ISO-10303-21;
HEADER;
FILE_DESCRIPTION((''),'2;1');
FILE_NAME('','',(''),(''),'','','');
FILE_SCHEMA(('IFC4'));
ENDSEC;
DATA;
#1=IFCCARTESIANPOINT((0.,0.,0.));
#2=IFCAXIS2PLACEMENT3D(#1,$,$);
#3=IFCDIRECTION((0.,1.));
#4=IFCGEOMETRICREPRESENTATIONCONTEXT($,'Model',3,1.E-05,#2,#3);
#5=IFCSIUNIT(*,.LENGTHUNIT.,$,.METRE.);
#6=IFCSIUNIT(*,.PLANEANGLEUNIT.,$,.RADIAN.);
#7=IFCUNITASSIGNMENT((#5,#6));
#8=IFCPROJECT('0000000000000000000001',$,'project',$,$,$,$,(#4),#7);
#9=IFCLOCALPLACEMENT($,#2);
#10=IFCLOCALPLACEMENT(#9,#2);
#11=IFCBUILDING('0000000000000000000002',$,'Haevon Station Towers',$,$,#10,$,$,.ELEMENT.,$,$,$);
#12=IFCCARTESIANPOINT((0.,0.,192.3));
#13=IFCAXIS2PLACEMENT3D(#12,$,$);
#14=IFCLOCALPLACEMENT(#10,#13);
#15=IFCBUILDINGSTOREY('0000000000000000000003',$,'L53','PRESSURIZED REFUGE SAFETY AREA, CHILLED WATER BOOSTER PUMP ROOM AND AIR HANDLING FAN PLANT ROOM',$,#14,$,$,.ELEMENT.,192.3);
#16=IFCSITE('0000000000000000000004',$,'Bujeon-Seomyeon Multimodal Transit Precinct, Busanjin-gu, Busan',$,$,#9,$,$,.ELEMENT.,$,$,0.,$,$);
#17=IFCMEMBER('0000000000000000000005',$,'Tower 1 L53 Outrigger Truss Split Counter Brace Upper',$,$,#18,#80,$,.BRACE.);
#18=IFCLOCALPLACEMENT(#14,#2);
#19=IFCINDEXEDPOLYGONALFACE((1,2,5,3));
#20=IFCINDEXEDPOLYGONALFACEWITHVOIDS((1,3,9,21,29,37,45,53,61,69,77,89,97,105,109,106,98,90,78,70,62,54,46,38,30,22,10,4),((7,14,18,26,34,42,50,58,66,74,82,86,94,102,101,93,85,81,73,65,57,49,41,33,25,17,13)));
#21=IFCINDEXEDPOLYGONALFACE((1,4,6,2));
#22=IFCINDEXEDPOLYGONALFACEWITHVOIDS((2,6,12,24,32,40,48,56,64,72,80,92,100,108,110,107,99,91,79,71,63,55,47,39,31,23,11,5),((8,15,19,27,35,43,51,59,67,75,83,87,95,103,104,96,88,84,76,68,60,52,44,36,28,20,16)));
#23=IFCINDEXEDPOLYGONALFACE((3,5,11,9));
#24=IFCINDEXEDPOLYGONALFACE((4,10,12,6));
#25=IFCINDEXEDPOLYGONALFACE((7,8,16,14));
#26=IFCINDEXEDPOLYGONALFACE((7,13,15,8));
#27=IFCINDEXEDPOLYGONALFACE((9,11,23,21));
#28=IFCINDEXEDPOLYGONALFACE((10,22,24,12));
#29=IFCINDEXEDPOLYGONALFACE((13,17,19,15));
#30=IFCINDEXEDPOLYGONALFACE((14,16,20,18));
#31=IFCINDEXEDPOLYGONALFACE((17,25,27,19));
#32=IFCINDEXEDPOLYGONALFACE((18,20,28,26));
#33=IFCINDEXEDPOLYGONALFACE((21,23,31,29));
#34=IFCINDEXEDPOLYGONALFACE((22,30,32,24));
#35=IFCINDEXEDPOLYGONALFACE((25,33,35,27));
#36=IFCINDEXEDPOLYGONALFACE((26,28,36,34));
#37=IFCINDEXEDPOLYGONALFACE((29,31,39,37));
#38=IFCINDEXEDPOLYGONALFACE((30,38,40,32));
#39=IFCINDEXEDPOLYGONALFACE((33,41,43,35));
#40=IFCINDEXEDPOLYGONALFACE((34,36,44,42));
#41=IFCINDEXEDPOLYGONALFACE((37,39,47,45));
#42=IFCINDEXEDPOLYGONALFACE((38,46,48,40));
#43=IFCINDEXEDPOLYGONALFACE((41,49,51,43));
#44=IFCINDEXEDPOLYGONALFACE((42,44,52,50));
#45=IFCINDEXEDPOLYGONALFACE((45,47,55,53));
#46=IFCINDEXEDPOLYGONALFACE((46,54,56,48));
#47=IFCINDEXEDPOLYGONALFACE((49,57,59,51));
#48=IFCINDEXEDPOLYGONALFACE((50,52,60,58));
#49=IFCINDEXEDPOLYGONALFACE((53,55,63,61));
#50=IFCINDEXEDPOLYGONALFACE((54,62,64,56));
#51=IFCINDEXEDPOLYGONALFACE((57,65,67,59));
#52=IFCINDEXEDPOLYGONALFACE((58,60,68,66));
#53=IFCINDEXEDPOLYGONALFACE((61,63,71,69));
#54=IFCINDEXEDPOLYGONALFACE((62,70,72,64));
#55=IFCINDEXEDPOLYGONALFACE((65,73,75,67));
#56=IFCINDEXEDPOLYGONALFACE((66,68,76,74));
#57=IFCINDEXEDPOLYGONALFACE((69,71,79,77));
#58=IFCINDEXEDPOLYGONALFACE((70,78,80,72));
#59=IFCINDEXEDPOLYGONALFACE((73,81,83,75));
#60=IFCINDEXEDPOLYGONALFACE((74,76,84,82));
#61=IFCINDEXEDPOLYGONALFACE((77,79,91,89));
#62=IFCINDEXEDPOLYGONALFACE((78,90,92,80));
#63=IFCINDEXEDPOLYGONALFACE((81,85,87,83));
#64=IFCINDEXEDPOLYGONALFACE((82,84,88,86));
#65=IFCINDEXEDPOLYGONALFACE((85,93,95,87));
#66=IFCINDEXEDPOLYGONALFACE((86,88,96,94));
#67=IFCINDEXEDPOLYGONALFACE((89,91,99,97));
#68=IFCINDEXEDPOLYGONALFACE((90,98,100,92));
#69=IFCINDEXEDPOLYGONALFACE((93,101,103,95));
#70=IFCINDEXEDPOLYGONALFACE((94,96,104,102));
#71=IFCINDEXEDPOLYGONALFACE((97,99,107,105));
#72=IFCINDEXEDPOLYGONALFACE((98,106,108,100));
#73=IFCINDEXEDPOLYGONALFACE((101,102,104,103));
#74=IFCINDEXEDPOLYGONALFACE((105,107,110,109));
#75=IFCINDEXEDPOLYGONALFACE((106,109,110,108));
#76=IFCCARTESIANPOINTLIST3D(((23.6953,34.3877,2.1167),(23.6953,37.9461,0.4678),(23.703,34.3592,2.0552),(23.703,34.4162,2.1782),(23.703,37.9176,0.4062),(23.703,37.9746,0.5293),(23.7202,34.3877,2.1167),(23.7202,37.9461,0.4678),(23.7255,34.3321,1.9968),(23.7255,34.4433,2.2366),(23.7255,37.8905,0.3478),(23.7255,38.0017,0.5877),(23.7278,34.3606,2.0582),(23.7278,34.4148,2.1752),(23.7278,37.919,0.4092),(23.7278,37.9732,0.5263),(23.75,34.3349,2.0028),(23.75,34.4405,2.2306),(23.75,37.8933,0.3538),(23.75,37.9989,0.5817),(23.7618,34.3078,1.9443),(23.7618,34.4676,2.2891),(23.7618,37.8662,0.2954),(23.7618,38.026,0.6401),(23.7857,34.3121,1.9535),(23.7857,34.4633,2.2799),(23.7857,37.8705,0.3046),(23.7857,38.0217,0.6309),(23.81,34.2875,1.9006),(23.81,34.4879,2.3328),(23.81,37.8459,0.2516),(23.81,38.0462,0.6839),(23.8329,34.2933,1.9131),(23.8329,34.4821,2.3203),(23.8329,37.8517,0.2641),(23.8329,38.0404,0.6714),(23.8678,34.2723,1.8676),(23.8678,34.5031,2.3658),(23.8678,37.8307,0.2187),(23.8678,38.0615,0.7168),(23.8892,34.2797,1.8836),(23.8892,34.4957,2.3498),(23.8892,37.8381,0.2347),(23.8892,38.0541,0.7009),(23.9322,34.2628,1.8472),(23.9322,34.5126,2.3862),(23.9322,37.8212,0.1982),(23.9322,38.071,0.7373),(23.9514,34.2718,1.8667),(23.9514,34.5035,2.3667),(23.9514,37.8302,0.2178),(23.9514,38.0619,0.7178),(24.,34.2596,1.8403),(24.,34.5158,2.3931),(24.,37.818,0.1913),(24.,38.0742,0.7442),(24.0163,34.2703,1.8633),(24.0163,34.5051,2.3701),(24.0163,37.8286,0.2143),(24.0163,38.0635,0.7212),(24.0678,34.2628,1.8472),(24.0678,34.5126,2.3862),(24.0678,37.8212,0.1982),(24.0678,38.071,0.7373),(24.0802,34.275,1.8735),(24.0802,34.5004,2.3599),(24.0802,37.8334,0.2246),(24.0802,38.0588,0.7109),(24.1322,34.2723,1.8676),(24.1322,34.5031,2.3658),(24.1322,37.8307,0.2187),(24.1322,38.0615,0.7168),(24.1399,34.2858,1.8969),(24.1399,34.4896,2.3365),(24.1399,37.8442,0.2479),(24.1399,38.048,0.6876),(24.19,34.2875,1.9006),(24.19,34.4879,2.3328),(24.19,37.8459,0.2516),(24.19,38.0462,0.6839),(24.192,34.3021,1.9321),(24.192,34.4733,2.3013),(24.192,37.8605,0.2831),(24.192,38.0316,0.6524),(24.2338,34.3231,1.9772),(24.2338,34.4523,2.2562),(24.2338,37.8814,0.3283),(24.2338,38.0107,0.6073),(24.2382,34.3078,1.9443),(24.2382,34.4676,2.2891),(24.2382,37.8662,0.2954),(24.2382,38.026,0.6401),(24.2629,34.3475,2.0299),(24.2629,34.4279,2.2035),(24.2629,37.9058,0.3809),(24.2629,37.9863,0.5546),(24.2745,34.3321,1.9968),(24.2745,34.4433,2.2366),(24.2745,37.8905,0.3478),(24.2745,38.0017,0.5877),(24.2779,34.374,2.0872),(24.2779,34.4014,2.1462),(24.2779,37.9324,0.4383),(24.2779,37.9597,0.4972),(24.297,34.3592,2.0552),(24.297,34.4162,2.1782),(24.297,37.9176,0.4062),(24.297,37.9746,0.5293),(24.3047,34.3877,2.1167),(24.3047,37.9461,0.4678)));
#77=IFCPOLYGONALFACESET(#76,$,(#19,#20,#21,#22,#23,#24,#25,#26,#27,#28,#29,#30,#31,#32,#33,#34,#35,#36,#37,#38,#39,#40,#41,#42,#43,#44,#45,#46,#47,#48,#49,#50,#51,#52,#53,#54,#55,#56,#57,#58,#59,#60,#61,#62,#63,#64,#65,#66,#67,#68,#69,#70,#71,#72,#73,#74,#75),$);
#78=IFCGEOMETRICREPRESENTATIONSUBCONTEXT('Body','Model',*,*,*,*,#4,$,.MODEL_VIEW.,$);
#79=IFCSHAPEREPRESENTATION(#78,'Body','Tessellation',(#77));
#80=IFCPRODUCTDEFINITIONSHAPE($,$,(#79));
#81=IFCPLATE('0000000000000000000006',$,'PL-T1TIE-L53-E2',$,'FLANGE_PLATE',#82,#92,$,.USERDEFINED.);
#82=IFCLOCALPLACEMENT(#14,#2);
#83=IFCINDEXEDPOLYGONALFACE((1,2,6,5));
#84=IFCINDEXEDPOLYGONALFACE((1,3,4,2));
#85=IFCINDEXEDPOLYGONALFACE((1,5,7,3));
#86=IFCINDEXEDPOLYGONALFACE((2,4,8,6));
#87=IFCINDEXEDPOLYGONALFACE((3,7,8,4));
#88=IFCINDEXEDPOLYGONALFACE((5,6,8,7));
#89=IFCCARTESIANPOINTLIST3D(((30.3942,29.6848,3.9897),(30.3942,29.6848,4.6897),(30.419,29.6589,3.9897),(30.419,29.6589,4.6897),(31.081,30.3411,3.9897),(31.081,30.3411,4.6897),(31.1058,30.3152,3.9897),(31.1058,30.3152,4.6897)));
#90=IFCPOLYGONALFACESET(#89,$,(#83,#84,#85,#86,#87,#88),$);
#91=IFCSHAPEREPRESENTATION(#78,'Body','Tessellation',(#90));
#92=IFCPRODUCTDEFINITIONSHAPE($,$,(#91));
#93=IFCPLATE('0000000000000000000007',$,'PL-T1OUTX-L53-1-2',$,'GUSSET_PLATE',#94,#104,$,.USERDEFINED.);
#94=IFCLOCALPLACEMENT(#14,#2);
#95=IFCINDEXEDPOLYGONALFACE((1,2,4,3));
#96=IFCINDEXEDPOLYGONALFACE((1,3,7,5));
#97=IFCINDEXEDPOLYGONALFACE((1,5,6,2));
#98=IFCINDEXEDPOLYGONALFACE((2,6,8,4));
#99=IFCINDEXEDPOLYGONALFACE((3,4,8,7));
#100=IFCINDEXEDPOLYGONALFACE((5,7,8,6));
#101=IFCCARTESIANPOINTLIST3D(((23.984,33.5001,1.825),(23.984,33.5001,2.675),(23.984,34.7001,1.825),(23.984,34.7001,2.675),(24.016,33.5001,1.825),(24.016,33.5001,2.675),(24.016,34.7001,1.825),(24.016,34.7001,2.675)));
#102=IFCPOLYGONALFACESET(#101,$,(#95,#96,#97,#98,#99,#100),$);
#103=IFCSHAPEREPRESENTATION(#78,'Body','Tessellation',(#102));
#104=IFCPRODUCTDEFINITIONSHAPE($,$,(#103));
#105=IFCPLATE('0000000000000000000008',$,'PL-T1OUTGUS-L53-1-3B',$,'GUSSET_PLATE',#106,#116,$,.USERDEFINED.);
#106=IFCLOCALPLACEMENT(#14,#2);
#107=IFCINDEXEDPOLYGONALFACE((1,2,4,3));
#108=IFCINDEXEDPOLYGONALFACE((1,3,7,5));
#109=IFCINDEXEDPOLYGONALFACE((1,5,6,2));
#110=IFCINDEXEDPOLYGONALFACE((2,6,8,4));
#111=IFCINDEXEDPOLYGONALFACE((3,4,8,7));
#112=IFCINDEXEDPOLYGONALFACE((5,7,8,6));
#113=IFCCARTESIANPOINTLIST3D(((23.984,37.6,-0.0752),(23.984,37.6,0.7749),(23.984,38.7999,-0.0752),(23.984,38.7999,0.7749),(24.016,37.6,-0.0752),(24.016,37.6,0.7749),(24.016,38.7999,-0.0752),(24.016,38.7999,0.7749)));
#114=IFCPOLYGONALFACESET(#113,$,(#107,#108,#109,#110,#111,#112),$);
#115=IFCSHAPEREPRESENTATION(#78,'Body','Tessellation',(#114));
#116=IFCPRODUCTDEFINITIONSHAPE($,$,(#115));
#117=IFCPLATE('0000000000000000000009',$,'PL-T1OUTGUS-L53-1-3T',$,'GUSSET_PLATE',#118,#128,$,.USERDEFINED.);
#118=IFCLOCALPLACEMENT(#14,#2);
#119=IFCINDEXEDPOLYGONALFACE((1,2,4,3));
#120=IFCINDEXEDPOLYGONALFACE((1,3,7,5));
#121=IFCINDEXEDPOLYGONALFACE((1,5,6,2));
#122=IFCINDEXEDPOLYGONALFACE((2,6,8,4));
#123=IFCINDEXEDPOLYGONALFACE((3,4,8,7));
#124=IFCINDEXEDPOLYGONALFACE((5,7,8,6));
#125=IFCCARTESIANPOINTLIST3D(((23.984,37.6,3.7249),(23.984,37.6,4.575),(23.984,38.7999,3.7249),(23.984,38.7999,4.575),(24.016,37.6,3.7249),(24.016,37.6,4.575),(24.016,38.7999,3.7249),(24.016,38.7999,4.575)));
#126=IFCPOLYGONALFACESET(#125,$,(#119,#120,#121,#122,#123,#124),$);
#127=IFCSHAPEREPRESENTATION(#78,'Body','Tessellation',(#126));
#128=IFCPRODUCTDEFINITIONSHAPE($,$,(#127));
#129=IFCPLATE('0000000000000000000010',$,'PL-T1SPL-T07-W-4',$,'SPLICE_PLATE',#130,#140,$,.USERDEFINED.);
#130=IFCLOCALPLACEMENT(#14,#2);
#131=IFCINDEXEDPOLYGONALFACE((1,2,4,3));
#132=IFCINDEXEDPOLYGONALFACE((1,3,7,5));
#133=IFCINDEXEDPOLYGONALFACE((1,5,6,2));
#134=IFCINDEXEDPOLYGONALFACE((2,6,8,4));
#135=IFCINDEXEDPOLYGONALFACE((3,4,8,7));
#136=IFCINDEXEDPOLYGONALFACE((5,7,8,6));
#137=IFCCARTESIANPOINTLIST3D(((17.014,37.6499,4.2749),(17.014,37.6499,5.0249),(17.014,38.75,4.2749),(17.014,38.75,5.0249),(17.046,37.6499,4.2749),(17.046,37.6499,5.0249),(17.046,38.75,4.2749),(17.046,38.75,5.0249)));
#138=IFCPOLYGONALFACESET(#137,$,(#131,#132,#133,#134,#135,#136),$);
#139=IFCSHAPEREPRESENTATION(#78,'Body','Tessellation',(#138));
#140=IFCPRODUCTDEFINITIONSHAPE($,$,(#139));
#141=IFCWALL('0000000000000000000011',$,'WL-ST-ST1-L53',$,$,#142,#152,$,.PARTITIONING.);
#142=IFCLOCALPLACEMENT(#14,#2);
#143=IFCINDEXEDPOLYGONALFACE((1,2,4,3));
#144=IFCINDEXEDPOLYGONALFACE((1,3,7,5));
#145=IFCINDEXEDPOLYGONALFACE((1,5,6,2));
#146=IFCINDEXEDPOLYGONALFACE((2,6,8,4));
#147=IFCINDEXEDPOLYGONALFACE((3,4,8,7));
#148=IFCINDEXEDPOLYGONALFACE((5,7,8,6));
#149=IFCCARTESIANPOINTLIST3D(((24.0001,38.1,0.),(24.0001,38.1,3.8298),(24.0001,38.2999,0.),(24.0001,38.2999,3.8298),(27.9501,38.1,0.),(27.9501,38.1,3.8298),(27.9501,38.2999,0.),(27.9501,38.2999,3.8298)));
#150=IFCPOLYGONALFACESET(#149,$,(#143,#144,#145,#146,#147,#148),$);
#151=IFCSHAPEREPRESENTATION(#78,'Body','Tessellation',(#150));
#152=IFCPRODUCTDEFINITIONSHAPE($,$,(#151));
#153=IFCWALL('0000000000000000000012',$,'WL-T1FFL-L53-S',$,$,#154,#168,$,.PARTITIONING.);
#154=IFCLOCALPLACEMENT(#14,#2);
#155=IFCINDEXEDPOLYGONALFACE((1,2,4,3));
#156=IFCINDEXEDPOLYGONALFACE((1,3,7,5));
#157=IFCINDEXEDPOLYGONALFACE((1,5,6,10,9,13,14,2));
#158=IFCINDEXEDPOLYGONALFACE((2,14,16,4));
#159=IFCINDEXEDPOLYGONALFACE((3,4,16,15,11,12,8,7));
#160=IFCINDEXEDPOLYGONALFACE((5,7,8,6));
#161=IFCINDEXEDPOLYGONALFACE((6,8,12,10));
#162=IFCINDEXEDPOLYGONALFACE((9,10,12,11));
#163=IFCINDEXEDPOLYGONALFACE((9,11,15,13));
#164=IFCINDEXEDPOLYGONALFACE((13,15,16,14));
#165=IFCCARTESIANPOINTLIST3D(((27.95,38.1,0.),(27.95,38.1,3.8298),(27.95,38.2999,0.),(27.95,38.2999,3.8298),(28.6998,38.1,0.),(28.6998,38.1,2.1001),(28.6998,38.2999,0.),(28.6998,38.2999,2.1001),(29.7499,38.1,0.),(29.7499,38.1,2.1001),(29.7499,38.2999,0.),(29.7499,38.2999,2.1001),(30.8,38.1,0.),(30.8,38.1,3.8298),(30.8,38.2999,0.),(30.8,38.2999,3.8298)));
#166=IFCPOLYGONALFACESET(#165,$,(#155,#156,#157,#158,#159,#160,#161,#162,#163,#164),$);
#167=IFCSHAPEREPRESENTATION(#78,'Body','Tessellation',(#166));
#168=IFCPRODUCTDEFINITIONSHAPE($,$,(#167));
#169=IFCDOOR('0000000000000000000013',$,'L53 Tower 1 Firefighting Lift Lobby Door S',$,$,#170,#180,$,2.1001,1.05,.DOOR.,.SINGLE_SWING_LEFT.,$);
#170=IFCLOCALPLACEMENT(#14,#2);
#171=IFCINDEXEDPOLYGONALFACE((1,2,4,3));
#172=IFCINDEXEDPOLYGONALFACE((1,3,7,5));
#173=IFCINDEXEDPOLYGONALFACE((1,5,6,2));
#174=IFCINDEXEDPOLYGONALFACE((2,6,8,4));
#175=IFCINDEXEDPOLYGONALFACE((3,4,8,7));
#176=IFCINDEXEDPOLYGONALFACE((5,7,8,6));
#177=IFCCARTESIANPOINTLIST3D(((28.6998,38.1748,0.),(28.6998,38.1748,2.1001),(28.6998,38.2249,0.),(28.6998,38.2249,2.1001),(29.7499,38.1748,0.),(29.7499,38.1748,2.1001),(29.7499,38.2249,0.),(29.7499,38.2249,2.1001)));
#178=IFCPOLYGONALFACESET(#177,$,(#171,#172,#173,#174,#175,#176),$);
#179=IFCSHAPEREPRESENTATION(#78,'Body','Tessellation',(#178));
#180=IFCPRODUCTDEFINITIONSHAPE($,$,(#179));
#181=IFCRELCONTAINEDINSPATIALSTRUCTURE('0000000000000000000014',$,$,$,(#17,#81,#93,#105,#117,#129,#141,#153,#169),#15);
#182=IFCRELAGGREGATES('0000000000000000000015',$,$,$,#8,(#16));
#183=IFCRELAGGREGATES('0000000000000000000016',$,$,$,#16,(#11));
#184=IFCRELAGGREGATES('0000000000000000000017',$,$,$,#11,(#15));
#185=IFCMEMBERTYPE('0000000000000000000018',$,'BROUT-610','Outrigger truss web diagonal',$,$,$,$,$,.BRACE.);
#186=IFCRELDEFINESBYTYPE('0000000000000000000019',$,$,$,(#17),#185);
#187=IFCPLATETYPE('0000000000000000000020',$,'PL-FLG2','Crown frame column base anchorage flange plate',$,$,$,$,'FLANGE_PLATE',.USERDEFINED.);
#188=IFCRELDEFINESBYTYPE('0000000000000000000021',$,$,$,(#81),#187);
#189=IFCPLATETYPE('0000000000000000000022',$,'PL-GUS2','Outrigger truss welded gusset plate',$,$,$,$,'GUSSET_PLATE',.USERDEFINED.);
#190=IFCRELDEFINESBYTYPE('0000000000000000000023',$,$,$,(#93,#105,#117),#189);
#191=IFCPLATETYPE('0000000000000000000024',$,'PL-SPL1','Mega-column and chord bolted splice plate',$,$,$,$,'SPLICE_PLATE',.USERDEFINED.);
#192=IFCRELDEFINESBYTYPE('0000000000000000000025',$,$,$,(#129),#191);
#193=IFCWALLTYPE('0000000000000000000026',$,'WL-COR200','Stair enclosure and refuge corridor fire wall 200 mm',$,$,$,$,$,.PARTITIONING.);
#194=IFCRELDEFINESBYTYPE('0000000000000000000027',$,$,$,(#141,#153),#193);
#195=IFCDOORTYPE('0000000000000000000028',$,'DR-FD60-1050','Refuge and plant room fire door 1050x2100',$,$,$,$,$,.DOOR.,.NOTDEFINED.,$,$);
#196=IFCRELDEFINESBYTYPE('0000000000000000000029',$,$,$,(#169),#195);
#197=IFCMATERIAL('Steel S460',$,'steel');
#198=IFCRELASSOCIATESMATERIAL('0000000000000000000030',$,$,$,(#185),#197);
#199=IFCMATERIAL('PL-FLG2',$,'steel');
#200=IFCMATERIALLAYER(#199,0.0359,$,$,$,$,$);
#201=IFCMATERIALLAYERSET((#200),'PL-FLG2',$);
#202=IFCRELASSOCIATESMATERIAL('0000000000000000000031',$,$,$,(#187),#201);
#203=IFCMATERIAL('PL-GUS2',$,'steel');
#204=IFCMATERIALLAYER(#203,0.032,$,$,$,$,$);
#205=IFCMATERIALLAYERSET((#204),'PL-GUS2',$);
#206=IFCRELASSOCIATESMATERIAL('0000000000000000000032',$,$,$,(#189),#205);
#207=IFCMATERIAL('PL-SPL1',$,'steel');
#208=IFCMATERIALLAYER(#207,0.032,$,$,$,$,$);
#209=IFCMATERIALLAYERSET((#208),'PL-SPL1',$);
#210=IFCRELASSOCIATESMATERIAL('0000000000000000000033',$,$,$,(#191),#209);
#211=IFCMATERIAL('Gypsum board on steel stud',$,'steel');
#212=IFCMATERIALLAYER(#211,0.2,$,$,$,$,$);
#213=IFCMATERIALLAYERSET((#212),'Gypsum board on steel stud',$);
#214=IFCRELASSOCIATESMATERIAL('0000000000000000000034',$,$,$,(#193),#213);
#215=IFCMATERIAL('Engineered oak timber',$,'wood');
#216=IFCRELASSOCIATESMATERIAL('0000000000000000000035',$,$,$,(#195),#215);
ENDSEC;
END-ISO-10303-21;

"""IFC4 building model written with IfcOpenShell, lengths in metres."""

from ifc_helpers import new_model, si_unit, direction, frame, frame_2d, origin, origin_2d, place, context, subcontext, project, spatial, rectangle, hollow_circle, extrude, material, layer, layer_set, material_profile, profile_set, type_object, element, fill, save


model = new_model("IFC4")

# Units and contexts
model_context = context("Model", 3, precision=1e-05, world=origin(), true_north=direction((0.0, 1.0)))
body_context = subcontext(model_context, "Body", "Model", "MODEL_VIEW")
ifc_project = project(units=[si_unit("LENGTHUNIT", "METRE"), si_unit("PLANEANGLEUNIT", "RADIAN")], contexts=[model_context])

# Site, building, storey
site_placement = place(None, origin())
site = spatial("IfcSite", under=ifc_project, at=site_placement, Name="Bujeon-Seomyeon Multimodal Transit Precinct, Busanjin-gu, Busan", CompositionType="ELEMENT", RefElevation=0.0)
building_placement = place(site_placement, origin())
building = spatial("IfcBuilding", under=site, at=building_placement, Name="Haevon Station Towers", CompositionType="ELEMENT")
storey_placement = place(building_placement, frame((0.0, 0.0, 192.3)))
storey = spatial("IfcBuildingStorey", under=building, at=storey_placement, Name="L53", Description="PRESSURIZED REFUGE SAFETY AREA, CHILLED WATER BOOSTER PUMP ROOM AND AIR HANDLING FAN PLANT ROOM", CompositionType="ELEMENT", Elevation=192.3)

# Shared definitions
ifc_material_1 = material(Name="Steel S460", Category="steel")

# Member
ifc_material_profile_1 = material_profile(ifc_material_1, hollow_circle(Radius=0.3047, WallThickness=0.0249, at=origin_2d()), Name="CHS-609.6x25")
ifc_profile_set_1 = profile_set([ifc_material_profile_1], Name="Steel S460")
member_type = type_object("IfcMemberType", Name="BROUT-610", Description="Outrigger truss web diagonal", PredefinedType="BRACE", material=ifc_profile_set_1)
for number, where, z_axis, x_axis, name in (
    (1, (24.0, 34.3877, 2.1167), (0.0, 0.907317, -0.420447), (-1.0, 0.0, 0.0), "Tower 1 L53 Outrigger Truss Split Counter Brace Upper"),
):
    element("IfcMember", number, at=place(storey_placement, frame(where, z_axis=z_axis, x_axis=x_axis)), inside=storey, type_object=member_type, Name=name, PredefinedType="BRACE", context=body_context, shape_type="SweptSolid", body=[
        extrude(hollow_circle(Radius=0.3047, WallThickness=0.0249, at=origin_2d()), origin(), (0.0, 0.0, 1.0), 3.9219),
    ])

# Plates
ifc_material_2 = material(Name="PL-FLG2", Category="steel")
ifc_layer_1 = layer(ifc_material_2, 0.0359)
ifc_layer_set_1 = layer_set([ifc_layer_1], Name="PL-FLG2")
plate_type_1 = type_object("IfcPlateType", Name="PL-FLG2", Description="Crown frame column base anchorage flange plate", ElementType="FLANGE_PLATE", PredefinedType="USERDEFINED", material=ifc_layer_set_1)
plate_1_placement = place(storey_placement, frame((30.75, 30.0, 3.9897), z_axis=(0.0, 0.0, 1.0), x_axis=(0.722991, 0.690857, 0.0)))
element("IfcPlate", 2, at=plate_1_placement, inside=storey, type_object=plate_type_1, Name="PL-T1TIE-L53-E2", ObjectType="FLANGE_PLATE", PredefinedType="USERDEFINED", context=body_context, shape_type="SweptSolid", body=[
    extrude(rectangle(XDim=0.95, YDim=0.0359, at=origin_2d()), origin(), (0.0, 0.0, 1.0), 0.7),
])
ifc_material_3 = material(Name="PL-GUS2", Category="steel")
ifc_layer_2 = layer(ifc_material_3, 0.032)
ifc_layer_set_2 = layer_set([ifc_layer_2], Name="PL-GUS2")
plate_type_2 = type_object("IfcPlateType", Name="PL-GUS2", Description="Outrigger truss welded gusset plate", ElementType="GUSSET_PLATE", PredefinedType="USERDEFINED", material=ifc_layer_set_2)
for number, where, z_axis, x_axis, name in (
    (3, (24.0, 34.1001, 1.825), (0.0, 0.0, 1.0), (0.0, 1.0, 0.0), "PL-T1OUTX-L53-1-2"),
    (4, (24.0, 38.2, -0.0752), (0.0, 0.0, 1.0), (0.0, 1.0, 0.0), "PL-T1OUTGUS-L53-1-3B"),
    (5, (24.0, 38.2, 3.7249), (0.0, 0.0, 1.0), (0.0, 1.0, 0.0), "PL-T1OUTGUS-L53-1-3T"),
):
    element("IfcPlate", number, at=place(storey_placement, frame(where, z_axis=z_axis, x_axis=x_axis)), inside=storey, type_object=plate_type_2, Name=name, ObjectType="GUSSET_PLATE", PredefinedType="USERDEFINED", context=body_context, shape_type="SweptSolid", body=[
        extrude(rectangle(XDim=1.2, YDim=0.032, at=origin_2d()), origin(), (0.0, 0.0, 1.0), 0.8501),
    ])
ifc_material_4 = material(Name="PL-SPL1", Category="steel")
ifc_layer_3 = layer(ifc_material_4, 0.032)
ifc_layer_set_3 = layer_set([ifc_layer_3], Name="PL-SPL1")
plate_type_3 = type_object("IfcPlateType", Name="PL-SPL1", Description="Mega-column and chord bolted splice plate", ElementType="SPLICE_PLATE", PredefinedType="USERDEFINED", material=ifc_layer_set_3)
plate_2_placement = place(storey_placement, frame((17.03, 38.2, 4.2749), z_axis=(0.0, 0.0, 1.0), x_axis=(0.0, 1.0, 0.0)))
element("IfcPlate", 6, at=plate_2_placement, inside=storey, type_object=plate_type_3, Name="PL-T1SPL-T07-W-4", ObjectType="SPLICE_PLATE", PredefinedType="USERDEFINED", context=body_context, shape_type="SweptSolid", body=[
    extrude(rectangle(XDim=1.1001, YDim=0.032, at=origin_2d()), origin(), (0.0, 0.0, 1.0), 0.75),
])

# Wall
ifc_material_5 = material(Name="Gypsum board on steel stud", Category="steel")
ifc_layer_4 = layer(ifc_material_5, 0.2)
ifc_layer_set_4 = layer_set([ifc_layer_4], Name="Gypsum board on steel stud")
wall_type_1 = type_object("IfcWallType", Name="WL-COR200", Description="Stair enclosure and refuge corridor fire wall 200 mm", PredefinedType="PARTITIONING", material=ifc_layer_set_4)
wall_1_placement = place(storey_placement, frame((24.0, 38.2, 0.0), z_axis=(0.0, 0.0, 1.0), x_axis=(1.0, 0.0, 0.0)))
element("IfcWall", 7, at=wall_1_placement, inside=storey, type_object=wall_type_1, Name="WL-ST-ST1-L53", PredefinedType="PARTITIONING", context=body_context, shape_type="SweptSolid", body=[
    extrude(rectangle(XDim=3.95, YDim=0.2, at=frame_2d((1.9751, 0.0))), origin(), (0.0, 0.0, 1.0), 3.8298),
])

# Wall, opening, door
wall_2_placement = place(storey_placement, frame((27.95, 38.2, 0.0), z_axis=(0.0, 0.0, 1.0), x_axis=(1.0, 0.0, 0.0)))
wall_2 = element("IfcWall", 8, at=wall_2_placement, inside=storey, type_object=wall_type_1, Name="WL-T1FFL-L53-S", PredefinedType="PARTITIONING", context=body_context, shape_type="SweptSolid", body=[
    extrude(rectangle(XDim=2.8501, YDim=0.2, at=frame_2d((1.425, 0.0))), origin(), (0.0, 0.0, 1.0), 3.8298),
])
opening_1_placement = place(wall_2_placement, frame((0.75, 0.0, 0.0)))
opening_1 = element("IfcOpeningElement", 9, at=opening_1_placement, cuts=wall_2, PredefinedType="OPENING", context=body_context, shape_type="SweptSolid", body=[
    extrude(rectangle(XDim=1.05, YDim=2.1001, at=frame_2d((0.5249, 1.05))), frame((0.0, 0.1099, 0.0), z_axis=(0.0, -1.0, 0.0), x_axis=(1.0, 0.0, 0.0)), (0.0, 0.0, 1.0), 0.22),
])
ifc_material_6 = material(Name="Engineered oak timber", Category="wood")
door_type = type_object("IfcDoorType", Name="DR-FD60-1050", Description="Refuge and plant room fire door 1050x2100", OperationType="NOTDEFINED", PredefinedType="DOOR", material=ifc_material_6)
door_1_placement = place(opening_1_placement, origin())
door_1 = element("IfcDoor", 10, at=door_1_placement, inside=storey, type_object=door_type, Name="L53 Tower 1 Firefighting Lift Lobby Door S", OperationType="SINGLE_SWING_LEFT", OverallHeight=2.1001, OverallWidth=1.05, PredefinedType="DOOR", context=body_context, shape_type="SweptSolid", body=[
    extrude(rectangle(XDim=1.05, YDim=2.1001, at=frame_2d((0.5249, 1.05))), frame((0.0, 0.0249, 0.0), z_axis=(0.0, -1.0, 0.0), x_axis=(1.0, 0.0, 0.0)), (0.0, 0.0, 1.0), 0.05),
])
fill(opening_1, door_1)

save(model, "model.ifc")
